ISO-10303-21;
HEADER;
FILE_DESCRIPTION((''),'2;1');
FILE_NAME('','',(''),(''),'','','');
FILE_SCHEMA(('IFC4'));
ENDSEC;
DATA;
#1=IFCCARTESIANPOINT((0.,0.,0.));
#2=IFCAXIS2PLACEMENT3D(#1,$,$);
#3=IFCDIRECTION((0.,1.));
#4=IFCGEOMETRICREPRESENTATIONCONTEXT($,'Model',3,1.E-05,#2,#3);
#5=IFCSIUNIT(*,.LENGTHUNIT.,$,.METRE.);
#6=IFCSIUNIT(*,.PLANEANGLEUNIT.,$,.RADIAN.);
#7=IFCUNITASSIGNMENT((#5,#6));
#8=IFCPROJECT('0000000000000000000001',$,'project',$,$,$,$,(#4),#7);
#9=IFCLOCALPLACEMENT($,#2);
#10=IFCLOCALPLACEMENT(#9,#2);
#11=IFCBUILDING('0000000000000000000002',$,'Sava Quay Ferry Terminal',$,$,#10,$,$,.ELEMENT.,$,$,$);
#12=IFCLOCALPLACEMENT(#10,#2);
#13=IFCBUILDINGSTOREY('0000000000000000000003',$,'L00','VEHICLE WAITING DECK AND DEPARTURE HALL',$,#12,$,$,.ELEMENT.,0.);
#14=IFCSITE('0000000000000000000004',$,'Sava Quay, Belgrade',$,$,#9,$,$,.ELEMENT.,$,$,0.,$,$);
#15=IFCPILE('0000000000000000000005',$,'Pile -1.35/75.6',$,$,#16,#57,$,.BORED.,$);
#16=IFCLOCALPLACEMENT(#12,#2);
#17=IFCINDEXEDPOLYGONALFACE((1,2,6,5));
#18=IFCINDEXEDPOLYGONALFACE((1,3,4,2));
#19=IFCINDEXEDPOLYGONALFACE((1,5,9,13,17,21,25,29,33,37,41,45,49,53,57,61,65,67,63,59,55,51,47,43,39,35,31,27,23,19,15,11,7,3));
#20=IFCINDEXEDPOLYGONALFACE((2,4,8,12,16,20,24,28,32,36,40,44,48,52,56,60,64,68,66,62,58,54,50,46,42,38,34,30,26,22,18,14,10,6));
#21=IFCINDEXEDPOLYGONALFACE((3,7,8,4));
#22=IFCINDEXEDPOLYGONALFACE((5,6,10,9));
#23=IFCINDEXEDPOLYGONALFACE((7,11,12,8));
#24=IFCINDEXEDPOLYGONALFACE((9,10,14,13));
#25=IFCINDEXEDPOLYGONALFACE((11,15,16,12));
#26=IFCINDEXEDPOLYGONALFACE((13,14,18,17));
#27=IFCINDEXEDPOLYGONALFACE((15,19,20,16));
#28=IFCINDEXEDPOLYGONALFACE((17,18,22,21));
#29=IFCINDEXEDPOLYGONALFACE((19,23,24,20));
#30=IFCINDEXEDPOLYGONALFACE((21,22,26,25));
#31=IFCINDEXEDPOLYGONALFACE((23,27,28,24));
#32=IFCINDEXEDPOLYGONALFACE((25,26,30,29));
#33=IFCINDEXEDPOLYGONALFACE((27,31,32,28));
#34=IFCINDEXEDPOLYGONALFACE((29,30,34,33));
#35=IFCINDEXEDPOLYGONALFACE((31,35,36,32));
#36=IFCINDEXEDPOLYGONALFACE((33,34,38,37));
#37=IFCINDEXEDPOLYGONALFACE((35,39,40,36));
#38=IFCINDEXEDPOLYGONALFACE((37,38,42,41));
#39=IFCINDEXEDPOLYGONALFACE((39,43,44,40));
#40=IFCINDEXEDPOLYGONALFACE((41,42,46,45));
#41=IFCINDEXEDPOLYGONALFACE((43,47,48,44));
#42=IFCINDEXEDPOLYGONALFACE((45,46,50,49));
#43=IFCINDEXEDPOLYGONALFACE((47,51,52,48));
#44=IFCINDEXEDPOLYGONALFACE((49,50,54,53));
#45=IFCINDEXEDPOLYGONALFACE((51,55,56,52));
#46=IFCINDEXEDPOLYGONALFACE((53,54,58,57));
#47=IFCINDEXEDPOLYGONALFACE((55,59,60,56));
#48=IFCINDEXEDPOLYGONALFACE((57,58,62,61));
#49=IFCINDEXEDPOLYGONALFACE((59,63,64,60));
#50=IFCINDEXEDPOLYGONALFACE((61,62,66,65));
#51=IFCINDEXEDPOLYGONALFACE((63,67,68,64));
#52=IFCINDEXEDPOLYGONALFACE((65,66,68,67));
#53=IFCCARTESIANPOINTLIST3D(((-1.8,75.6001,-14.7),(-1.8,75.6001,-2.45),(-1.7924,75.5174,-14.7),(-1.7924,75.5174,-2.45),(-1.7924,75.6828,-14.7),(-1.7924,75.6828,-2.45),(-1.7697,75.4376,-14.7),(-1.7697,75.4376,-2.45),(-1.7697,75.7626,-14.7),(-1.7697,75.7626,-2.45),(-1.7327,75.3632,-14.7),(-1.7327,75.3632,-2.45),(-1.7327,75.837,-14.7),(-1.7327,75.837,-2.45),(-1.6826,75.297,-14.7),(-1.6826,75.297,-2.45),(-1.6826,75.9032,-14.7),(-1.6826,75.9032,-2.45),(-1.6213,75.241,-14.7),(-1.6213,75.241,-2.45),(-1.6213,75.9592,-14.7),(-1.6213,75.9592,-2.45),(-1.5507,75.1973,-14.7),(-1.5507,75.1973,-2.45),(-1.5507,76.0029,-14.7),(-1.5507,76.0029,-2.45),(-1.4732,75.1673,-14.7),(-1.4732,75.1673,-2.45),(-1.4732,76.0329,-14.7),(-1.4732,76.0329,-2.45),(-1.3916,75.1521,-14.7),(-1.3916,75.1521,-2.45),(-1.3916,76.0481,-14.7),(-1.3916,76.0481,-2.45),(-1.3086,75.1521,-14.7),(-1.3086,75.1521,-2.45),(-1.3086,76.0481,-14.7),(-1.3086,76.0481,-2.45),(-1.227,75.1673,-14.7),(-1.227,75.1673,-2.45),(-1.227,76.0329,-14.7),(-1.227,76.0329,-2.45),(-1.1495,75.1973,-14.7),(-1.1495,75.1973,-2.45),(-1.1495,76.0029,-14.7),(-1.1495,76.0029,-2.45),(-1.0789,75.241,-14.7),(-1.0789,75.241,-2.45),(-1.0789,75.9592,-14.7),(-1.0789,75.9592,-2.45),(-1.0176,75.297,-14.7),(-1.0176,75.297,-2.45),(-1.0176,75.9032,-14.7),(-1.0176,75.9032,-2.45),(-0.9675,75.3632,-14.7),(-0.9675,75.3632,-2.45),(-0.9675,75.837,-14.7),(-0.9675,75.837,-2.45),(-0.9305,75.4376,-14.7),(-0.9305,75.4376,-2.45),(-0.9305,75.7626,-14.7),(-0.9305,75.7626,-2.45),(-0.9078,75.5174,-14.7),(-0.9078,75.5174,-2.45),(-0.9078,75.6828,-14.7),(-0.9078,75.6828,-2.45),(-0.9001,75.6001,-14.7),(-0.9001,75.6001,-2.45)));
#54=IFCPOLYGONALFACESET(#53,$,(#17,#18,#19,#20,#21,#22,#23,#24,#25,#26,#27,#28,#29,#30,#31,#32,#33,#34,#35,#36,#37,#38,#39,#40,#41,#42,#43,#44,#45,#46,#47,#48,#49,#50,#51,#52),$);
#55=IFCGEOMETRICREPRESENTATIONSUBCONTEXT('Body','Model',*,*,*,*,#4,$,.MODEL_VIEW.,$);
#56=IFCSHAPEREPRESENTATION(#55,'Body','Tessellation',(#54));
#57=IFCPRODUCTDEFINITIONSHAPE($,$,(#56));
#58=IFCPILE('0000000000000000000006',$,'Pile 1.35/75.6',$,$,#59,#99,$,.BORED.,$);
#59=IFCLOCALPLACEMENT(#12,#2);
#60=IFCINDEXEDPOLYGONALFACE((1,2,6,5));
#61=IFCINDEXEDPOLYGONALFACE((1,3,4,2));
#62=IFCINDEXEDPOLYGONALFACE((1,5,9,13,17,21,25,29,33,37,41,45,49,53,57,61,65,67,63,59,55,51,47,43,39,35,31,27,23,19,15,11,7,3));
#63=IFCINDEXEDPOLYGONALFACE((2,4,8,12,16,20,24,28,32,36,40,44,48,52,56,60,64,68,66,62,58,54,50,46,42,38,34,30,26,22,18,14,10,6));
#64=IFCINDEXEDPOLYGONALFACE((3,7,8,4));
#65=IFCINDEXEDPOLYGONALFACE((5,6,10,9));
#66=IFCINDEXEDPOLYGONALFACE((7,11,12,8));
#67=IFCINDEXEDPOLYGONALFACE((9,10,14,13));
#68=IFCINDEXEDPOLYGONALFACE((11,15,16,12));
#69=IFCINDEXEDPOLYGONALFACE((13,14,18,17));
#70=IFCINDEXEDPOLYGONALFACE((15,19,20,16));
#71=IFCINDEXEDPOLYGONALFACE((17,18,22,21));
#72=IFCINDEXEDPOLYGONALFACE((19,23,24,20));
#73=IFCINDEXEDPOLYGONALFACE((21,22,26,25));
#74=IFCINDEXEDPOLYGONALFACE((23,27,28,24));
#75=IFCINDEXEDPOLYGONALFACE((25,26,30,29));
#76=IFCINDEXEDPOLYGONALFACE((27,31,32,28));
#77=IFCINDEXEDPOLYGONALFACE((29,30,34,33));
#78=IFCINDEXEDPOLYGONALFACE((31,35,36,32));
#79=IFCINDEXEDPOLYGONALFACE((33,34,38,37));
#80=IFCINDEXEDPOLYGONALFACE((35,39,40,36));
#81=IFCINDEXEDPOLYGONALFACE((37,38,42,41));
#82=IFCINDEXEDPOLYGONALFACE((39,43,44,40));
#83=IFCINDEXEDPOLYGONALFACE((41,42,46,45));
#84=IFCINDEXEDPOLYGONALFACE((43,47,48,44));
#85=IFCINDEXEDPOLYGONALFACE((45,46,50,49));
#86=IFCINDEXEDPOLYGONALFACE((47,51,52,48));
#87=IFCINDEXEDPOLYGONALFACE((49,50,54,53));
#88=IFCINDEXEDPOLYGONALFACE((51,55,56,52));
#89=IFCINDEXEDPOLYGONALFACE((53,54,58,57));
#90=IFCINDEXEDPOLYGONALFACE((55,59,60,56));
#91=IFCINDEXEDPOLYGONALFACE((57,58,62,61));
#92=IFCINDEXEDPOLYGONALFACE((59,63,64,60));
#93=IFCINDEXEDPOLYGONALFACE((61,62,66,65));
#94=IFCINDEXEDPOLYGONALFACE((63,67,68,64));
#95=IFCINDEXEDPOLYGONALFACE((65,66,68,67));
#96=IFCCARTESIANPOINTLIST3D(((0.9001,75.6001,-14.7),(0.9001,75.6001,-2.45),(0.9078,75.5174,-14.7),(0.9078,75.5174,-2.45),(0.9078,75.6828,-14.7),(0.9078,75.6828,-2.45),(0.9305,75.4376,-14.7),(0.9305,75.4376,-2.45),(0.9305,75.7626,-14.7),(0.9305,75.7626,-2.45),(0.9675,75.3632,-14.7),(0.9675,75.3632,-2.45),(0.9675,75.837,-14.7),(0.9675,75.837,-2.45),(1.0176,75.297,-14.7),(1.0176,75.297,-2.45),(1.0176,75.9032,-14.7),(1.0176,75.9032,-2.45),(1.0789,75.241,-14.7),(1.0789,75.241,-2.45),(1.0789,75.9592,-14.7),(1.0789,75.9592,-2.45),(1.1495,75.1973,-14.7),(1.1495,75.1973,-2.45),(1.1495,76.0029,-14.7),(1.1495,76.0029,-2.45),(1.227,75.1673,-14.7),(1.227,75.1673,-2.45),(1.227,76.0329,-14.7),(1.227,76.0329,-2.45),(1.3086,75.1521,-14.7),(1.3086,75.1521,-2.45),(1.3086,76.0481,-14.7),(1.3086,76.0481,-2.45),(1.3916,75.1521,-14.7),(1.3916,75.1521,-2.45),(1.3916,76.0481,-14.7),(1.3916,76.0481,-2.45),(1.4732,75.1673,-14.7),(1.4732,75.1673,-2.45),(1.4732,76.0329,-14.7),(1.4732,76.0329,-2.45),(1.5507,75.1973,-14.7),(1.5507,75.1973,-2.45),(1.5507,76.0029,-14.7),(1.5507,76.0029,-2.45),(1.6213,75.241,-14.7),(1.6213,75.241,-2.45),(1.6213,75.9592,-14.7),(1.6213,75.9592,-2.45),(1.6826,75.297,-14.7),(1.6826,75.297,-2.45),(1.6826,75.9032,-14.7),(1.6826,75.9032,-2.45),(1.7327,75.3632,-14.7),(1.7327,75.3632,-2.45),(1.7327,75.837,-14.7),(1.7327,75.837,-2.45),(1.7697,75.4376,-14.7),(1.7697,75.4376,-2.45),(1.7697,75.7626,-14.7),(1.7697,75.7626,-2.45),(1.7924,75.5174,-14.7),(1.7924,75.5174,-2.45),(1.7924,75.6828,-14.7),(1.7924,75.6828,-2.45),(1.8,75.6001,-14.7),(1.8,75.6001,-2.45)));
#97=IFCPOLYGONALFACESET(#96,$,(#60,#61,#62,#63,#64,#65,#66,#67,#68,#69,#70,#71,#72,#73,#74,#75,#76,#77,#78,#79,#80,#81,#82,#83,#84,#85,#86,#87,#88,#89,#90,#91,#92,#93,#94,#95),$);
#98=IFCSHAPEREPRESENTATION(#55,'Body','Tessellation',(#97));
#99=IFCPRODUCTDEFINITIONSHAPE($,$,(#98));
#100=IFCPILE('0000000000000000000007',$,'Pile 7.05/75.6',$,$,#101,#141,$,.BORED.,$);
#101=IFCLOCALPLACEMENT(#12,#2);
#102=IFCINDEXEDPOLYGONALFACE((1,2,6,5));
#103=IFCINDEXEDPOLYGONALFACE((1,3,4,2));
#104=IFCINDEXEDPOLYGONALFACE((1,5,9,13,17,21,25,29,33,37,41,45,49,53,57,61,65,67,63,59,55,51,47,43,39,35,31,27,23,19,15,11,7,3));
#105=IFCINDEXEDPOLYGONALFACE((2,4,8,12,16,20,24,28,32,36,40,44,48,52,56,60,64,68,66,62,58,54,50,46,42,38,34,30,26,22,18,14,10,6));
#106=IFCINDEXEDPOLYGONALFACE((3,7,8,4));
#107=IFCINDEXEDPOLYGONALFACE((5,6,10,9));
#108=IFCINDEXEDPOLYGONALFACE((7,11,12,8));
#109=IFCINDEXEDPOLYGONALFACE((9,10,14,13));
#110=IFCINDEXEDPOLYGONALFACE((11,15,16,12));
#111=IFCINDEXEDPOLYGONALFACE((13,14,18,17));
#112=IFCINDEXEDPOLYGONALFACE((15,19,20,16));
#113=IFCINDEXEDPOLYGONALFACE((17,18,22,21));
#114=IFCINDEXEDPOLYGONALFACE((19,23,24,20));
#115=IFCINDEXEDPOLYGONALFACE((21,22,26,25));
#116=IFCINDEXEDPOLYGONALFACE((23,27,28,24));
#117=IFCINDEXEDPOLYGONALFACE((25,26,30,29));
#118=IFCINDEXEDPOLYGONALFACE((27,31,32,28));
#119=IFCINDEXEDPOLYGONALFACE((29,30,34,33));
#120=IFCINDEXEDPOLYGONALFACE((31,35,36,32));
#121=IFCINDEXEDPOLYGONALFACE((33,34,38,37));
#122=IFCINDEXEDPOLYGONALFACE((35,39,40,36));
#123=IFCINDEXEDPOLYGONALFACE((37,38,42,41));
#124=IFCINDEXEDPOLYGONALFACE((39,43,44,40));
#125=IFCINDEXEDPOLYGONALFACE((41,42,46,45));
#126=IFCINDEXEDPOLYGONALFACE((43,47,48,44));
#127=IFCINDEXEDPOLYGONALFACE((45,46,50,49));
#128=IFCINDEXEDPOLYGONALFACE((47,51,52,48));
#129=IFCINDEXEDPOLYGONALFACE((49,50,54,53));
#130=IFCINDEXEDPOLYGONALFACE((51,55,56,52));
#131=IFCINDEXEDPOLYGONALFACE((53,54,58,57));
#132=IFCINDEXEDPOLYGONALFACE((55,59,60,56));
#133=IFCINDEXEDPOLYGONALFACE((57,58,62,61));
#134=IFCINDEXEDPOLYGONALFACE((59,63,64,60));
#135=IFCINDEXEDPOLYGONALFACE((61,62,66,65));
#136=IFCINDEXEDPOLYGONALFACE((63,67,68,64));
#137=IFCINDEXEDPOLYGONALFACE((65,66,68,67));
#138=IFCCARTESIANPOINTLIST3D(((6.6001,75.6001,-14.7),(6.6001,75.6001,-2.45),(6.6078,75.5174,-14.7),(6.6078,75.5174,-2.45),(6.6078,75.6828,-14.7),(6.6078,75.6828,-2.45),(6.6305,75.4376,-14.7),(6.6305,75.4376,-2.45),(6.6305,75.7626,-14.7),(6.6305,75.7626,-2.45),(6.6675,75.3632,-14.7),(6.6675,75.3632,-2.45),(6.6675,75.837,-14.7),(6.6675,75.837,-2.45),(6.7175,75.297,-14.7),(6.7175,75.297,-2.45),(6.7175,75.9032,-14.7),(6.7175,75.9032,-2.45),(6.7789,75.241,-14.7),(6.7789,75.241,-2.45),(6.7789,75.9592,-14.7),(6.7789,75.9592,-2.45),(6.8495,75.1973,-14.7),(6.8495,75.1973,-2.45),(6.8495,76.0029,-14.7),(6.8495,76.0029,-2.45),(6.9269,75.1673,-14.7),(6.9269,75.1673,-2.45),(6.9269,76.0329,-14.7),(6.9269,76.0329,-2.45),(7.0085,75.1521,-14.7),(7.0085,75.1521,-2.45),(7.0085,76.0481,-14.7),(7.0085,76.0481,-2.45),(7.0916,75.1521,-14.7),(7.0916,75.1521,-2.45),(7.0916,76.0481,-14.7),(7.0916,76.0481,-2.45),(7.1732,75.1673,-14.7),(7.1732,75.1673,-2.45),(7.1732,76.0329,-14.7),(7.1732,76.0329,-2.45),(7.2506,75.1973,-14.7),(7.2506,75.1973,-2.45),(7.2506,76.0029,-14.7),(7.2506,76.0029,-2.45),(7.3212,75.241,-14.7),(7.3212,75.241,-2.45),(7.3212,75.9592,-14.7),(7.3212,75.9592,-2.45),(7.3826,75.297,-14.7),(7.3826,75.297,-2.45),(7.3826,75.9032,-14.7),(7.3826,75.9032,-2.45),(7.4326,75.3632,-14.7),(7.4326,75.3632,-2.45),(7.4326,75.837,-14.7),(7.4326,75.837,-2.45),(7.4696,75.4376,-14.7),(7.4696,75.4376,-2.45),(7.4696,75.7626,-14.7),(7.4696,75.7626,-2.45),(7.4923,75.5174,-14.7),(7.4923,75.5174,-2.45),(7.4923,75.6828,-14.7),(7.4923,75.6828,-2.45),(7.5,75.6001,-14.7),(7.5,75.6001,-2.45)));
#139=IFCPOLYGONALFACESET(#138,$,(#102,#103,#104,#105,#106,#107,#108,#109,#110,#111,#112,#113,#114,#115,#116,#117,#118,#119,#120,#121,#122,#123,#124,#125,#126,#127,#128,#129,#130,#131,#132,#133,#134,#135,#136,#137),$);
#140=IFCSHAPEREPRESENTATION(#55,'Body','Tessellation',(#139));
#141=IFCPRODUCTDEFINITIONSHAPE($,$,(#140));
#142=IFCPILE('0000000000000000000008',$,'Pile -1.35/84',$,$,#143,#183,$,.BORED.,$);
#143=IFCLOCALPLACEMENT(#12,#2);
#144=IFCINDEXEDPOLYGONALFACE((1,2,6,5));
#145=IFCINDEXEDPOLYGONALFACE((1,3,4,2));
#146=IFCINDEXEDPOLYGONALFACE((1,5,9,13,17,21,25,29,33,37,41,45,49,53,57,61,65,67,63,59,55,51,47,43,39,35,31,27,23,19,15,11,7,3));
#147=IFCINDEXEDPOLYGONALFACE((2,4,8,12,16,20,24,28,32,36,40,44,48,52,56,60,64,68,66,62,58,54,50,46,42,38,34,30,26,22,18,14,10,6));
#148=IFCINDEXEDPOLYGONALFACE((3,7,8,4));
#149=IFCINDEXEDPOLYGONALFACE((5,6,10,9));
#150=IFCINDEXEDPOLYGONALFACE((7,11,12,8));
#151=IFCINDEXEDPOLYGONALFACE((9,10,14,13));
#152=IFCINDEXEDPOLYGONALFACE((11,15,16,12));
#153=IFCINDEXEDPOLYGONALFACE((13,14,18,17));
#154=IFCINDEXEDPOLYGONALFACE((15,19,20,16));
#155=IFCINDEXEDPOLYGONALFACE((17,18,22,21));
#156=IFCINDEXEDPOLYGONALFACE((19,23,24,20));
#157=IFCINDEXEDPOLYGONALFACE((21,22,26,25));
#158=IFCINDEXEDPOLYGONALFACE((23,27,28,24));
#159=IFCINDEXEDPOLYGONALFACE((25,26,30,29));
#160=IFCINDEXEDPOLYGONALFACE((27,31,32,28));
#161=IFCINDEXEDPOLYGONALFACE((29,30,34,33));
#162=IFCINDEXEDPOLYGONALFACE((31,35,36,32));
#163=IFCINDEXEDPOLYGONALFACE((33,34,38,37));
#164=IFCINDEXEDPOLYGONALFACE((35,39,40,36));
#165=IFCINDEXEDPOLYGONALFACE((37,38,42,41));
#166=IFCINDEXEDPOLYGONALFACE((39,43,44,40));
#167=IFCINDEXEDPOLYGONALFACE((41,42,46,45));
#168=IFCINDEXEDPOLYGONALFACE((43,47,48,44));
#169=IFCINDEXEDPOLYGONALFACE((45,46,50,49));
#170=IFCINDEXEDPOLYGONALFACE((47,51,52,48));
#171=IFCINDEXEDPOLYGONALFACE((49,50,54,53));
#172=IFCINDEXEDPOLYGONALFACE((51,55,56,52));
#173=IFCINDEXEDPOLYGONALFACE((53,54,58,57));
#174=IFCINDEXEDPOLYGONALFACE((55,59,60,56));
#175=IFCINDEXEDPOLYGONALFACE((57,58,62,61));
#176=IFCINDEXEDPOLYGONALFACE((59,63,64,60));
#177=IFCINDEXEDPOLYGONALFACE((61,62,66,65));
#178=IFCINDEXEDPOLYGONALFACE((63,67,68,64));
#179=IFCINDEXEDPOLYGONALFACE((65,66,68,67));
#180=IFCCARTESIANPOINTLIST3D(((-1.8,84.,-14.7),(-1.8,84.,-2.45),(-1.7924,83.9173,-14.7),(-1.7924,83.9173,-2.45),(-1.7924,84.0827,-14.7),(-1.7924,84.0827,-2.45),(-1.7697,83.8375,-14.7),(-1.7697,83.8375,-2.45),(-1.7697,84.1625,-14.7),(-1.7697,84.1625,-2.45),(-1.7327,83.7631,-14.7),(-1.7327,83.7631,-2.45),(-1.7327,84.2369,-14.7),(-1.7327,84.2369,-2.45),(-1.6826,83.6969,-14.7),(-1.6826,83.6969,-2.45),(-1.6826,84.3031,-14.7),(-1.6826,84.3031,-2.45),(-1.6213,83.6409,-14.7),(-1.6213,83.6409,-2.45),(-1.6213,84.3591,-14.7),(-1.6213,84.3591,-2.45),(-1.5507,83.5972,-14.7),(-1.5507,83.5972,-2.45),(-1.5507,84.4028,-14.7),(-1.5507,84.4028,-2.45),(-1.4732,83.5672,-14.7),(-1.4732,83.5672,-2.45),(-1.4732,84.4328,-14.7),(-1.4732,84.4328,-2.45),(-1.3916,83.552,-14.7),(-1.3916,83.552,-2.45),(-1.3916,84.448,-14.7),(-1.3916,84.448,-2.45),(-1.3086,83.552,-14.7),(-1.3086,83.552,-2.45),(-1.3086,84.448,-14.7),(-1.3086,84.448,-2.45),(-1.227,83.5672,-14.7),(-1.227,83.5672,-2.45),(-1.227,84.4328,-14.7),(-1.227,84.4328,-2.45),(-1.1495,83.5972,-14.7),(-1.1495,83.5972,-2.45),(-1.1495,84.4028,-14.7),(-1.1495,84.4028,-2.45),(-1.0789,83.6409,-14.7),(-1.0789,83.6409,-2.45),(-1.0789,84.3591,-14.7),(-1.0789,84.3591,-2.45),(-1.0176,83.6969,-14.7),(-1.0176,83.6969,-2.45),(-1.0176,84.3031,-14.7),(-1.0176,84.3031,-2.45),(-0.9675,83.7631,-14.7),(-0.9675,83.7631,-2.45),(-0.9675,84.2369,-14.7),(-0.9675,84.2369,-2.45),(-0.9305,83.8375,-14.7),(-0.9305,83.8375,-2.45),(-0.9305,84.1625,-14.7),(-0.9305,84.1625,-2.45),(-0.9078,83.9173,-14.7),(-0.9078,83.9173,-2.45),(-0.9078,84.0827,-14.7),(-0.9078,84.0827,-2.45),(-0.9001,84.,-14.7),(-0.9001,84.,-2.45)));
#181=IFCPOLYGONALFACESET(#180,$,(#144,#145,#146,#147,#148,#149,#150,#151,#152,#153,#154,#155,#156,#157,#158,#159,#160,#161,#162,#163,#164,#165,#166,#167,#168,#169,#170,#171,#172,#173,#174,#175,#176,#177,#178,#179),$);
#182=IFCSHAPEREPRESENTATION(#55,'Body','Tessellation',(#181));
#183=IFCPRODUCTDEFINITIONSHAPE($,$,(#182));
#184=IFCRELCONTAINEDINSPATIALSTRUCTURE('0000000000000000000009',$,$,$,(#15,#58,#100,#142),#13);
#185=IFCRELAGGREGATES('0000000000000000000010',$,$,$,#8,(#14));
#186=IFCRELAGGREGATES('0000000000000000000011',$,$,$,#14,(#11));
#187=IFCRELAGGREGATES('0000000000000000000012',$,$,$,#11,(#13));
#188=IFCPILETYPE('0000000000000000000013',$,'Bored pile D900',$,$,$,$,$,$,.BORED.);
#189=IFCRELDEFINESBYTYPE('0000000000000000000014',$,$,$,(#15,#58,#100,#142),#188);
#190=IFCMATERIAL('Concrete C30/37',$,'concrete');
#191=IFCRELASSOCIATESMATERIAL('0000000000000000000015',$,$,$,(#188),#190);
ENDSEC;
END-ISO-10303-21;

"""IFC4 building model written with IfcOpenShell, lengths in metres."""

from ifc_helpers import new_model, si_unit, direction, frame, origin, origin_2d, place, context, subcontext, project, spatial, circle, extrude, material, material_profile, profile_set, type_object, element, save


model = new_model("IFC4")

# Units and contexts
model_context = context("Model", 3, precision=1e-05, world=origin(), true_north=direction((0.0, 1.0)))
body_context = subcontext(model_context, "Body", "Model", "MODEL_VIEW")
ifc_project = project(units=[si_unit("LENGTHUNIT", "METRE"), si_unit("PLANEANGLEUNIT", "RADIAN")], contexts=[model_context])

# Site, building, storey
site_placement = place(None, origin())
site = spatial("IfcSite", under=ifc_project, at=site_placement, Name="Sava Quay, Belgrade", CompositionType="ELEMENT", RefElevation=0.0)
building_placement = place(site_placement, origin())
building = spatial("IfcBuilding", under=site, at=building_placement, Name="Sava Quay Ferry Terminal", CompositionType="ELEMENT")
storey_placement = place(building_placement, origin())
storey = spatial("IfcBuildingStorey", under=building, at=storey_placement, Name="L00", Description="VEHICLE WAITING DECK AND DEPARTURE HALL", CompositionType="ELEMENT", Elevation=0.0)

# Piles
ifc_material_1 = material(Name="Concrete C30/37", Category="concrete")
ifc_material_profile_1 = material_profile(ifc_material_1, circle(Radius=0.45, at=origin_2d()), Name="Bored pile D900")
ifc_profile_set_1 = profile_set([ifc_material_profile_1], Name="Concrete C30/37")
pile_type = type_object("IfcPileType", Name="Bored pile D900", PredefinedType="BORED", material=ifc_profile_set_1)
for number, where, z_axis, x_axis, name in (
    (1, (-1.3501, 75.6001, -2.45), (0.0, 0.0, -1.0), (1.0, 0.0, 0.0), "Pile -1.35/75.6"),
    (2, (1.3501, 75.6001, -2.45), (0.0, 0.0, -1.0), (1.0, 0.0, 0.0), "Pile 1.35/75.6"),
    (3, (7.05, 75.6001, -2.45), (0.0, 0.0, -1.0), (1.0, 0.0, 0.0), "Pile 7.05/75.6"),
    (4, (-1.3501, 84.0, -2.45), (0.0, 0.0, -1.0), (1.0, 0.0, 0.0), "Pile -1.35/84"),
):
    element("IfcPile", number, at=place(storey_placement, frame(where, z_axis=z_axis, x_axis=x_axis)), inside=storey, type_object=pile_type, Name=name, PredefinedType="BORED", context=body_context, shape_type="SweptSolid", body=[
        extrude(circle(Radius=0.45, at=origin_2d()), origin(), (0.0, 0.0, 1.0), 12.25),
    ])

save(model, "model.ifc")
